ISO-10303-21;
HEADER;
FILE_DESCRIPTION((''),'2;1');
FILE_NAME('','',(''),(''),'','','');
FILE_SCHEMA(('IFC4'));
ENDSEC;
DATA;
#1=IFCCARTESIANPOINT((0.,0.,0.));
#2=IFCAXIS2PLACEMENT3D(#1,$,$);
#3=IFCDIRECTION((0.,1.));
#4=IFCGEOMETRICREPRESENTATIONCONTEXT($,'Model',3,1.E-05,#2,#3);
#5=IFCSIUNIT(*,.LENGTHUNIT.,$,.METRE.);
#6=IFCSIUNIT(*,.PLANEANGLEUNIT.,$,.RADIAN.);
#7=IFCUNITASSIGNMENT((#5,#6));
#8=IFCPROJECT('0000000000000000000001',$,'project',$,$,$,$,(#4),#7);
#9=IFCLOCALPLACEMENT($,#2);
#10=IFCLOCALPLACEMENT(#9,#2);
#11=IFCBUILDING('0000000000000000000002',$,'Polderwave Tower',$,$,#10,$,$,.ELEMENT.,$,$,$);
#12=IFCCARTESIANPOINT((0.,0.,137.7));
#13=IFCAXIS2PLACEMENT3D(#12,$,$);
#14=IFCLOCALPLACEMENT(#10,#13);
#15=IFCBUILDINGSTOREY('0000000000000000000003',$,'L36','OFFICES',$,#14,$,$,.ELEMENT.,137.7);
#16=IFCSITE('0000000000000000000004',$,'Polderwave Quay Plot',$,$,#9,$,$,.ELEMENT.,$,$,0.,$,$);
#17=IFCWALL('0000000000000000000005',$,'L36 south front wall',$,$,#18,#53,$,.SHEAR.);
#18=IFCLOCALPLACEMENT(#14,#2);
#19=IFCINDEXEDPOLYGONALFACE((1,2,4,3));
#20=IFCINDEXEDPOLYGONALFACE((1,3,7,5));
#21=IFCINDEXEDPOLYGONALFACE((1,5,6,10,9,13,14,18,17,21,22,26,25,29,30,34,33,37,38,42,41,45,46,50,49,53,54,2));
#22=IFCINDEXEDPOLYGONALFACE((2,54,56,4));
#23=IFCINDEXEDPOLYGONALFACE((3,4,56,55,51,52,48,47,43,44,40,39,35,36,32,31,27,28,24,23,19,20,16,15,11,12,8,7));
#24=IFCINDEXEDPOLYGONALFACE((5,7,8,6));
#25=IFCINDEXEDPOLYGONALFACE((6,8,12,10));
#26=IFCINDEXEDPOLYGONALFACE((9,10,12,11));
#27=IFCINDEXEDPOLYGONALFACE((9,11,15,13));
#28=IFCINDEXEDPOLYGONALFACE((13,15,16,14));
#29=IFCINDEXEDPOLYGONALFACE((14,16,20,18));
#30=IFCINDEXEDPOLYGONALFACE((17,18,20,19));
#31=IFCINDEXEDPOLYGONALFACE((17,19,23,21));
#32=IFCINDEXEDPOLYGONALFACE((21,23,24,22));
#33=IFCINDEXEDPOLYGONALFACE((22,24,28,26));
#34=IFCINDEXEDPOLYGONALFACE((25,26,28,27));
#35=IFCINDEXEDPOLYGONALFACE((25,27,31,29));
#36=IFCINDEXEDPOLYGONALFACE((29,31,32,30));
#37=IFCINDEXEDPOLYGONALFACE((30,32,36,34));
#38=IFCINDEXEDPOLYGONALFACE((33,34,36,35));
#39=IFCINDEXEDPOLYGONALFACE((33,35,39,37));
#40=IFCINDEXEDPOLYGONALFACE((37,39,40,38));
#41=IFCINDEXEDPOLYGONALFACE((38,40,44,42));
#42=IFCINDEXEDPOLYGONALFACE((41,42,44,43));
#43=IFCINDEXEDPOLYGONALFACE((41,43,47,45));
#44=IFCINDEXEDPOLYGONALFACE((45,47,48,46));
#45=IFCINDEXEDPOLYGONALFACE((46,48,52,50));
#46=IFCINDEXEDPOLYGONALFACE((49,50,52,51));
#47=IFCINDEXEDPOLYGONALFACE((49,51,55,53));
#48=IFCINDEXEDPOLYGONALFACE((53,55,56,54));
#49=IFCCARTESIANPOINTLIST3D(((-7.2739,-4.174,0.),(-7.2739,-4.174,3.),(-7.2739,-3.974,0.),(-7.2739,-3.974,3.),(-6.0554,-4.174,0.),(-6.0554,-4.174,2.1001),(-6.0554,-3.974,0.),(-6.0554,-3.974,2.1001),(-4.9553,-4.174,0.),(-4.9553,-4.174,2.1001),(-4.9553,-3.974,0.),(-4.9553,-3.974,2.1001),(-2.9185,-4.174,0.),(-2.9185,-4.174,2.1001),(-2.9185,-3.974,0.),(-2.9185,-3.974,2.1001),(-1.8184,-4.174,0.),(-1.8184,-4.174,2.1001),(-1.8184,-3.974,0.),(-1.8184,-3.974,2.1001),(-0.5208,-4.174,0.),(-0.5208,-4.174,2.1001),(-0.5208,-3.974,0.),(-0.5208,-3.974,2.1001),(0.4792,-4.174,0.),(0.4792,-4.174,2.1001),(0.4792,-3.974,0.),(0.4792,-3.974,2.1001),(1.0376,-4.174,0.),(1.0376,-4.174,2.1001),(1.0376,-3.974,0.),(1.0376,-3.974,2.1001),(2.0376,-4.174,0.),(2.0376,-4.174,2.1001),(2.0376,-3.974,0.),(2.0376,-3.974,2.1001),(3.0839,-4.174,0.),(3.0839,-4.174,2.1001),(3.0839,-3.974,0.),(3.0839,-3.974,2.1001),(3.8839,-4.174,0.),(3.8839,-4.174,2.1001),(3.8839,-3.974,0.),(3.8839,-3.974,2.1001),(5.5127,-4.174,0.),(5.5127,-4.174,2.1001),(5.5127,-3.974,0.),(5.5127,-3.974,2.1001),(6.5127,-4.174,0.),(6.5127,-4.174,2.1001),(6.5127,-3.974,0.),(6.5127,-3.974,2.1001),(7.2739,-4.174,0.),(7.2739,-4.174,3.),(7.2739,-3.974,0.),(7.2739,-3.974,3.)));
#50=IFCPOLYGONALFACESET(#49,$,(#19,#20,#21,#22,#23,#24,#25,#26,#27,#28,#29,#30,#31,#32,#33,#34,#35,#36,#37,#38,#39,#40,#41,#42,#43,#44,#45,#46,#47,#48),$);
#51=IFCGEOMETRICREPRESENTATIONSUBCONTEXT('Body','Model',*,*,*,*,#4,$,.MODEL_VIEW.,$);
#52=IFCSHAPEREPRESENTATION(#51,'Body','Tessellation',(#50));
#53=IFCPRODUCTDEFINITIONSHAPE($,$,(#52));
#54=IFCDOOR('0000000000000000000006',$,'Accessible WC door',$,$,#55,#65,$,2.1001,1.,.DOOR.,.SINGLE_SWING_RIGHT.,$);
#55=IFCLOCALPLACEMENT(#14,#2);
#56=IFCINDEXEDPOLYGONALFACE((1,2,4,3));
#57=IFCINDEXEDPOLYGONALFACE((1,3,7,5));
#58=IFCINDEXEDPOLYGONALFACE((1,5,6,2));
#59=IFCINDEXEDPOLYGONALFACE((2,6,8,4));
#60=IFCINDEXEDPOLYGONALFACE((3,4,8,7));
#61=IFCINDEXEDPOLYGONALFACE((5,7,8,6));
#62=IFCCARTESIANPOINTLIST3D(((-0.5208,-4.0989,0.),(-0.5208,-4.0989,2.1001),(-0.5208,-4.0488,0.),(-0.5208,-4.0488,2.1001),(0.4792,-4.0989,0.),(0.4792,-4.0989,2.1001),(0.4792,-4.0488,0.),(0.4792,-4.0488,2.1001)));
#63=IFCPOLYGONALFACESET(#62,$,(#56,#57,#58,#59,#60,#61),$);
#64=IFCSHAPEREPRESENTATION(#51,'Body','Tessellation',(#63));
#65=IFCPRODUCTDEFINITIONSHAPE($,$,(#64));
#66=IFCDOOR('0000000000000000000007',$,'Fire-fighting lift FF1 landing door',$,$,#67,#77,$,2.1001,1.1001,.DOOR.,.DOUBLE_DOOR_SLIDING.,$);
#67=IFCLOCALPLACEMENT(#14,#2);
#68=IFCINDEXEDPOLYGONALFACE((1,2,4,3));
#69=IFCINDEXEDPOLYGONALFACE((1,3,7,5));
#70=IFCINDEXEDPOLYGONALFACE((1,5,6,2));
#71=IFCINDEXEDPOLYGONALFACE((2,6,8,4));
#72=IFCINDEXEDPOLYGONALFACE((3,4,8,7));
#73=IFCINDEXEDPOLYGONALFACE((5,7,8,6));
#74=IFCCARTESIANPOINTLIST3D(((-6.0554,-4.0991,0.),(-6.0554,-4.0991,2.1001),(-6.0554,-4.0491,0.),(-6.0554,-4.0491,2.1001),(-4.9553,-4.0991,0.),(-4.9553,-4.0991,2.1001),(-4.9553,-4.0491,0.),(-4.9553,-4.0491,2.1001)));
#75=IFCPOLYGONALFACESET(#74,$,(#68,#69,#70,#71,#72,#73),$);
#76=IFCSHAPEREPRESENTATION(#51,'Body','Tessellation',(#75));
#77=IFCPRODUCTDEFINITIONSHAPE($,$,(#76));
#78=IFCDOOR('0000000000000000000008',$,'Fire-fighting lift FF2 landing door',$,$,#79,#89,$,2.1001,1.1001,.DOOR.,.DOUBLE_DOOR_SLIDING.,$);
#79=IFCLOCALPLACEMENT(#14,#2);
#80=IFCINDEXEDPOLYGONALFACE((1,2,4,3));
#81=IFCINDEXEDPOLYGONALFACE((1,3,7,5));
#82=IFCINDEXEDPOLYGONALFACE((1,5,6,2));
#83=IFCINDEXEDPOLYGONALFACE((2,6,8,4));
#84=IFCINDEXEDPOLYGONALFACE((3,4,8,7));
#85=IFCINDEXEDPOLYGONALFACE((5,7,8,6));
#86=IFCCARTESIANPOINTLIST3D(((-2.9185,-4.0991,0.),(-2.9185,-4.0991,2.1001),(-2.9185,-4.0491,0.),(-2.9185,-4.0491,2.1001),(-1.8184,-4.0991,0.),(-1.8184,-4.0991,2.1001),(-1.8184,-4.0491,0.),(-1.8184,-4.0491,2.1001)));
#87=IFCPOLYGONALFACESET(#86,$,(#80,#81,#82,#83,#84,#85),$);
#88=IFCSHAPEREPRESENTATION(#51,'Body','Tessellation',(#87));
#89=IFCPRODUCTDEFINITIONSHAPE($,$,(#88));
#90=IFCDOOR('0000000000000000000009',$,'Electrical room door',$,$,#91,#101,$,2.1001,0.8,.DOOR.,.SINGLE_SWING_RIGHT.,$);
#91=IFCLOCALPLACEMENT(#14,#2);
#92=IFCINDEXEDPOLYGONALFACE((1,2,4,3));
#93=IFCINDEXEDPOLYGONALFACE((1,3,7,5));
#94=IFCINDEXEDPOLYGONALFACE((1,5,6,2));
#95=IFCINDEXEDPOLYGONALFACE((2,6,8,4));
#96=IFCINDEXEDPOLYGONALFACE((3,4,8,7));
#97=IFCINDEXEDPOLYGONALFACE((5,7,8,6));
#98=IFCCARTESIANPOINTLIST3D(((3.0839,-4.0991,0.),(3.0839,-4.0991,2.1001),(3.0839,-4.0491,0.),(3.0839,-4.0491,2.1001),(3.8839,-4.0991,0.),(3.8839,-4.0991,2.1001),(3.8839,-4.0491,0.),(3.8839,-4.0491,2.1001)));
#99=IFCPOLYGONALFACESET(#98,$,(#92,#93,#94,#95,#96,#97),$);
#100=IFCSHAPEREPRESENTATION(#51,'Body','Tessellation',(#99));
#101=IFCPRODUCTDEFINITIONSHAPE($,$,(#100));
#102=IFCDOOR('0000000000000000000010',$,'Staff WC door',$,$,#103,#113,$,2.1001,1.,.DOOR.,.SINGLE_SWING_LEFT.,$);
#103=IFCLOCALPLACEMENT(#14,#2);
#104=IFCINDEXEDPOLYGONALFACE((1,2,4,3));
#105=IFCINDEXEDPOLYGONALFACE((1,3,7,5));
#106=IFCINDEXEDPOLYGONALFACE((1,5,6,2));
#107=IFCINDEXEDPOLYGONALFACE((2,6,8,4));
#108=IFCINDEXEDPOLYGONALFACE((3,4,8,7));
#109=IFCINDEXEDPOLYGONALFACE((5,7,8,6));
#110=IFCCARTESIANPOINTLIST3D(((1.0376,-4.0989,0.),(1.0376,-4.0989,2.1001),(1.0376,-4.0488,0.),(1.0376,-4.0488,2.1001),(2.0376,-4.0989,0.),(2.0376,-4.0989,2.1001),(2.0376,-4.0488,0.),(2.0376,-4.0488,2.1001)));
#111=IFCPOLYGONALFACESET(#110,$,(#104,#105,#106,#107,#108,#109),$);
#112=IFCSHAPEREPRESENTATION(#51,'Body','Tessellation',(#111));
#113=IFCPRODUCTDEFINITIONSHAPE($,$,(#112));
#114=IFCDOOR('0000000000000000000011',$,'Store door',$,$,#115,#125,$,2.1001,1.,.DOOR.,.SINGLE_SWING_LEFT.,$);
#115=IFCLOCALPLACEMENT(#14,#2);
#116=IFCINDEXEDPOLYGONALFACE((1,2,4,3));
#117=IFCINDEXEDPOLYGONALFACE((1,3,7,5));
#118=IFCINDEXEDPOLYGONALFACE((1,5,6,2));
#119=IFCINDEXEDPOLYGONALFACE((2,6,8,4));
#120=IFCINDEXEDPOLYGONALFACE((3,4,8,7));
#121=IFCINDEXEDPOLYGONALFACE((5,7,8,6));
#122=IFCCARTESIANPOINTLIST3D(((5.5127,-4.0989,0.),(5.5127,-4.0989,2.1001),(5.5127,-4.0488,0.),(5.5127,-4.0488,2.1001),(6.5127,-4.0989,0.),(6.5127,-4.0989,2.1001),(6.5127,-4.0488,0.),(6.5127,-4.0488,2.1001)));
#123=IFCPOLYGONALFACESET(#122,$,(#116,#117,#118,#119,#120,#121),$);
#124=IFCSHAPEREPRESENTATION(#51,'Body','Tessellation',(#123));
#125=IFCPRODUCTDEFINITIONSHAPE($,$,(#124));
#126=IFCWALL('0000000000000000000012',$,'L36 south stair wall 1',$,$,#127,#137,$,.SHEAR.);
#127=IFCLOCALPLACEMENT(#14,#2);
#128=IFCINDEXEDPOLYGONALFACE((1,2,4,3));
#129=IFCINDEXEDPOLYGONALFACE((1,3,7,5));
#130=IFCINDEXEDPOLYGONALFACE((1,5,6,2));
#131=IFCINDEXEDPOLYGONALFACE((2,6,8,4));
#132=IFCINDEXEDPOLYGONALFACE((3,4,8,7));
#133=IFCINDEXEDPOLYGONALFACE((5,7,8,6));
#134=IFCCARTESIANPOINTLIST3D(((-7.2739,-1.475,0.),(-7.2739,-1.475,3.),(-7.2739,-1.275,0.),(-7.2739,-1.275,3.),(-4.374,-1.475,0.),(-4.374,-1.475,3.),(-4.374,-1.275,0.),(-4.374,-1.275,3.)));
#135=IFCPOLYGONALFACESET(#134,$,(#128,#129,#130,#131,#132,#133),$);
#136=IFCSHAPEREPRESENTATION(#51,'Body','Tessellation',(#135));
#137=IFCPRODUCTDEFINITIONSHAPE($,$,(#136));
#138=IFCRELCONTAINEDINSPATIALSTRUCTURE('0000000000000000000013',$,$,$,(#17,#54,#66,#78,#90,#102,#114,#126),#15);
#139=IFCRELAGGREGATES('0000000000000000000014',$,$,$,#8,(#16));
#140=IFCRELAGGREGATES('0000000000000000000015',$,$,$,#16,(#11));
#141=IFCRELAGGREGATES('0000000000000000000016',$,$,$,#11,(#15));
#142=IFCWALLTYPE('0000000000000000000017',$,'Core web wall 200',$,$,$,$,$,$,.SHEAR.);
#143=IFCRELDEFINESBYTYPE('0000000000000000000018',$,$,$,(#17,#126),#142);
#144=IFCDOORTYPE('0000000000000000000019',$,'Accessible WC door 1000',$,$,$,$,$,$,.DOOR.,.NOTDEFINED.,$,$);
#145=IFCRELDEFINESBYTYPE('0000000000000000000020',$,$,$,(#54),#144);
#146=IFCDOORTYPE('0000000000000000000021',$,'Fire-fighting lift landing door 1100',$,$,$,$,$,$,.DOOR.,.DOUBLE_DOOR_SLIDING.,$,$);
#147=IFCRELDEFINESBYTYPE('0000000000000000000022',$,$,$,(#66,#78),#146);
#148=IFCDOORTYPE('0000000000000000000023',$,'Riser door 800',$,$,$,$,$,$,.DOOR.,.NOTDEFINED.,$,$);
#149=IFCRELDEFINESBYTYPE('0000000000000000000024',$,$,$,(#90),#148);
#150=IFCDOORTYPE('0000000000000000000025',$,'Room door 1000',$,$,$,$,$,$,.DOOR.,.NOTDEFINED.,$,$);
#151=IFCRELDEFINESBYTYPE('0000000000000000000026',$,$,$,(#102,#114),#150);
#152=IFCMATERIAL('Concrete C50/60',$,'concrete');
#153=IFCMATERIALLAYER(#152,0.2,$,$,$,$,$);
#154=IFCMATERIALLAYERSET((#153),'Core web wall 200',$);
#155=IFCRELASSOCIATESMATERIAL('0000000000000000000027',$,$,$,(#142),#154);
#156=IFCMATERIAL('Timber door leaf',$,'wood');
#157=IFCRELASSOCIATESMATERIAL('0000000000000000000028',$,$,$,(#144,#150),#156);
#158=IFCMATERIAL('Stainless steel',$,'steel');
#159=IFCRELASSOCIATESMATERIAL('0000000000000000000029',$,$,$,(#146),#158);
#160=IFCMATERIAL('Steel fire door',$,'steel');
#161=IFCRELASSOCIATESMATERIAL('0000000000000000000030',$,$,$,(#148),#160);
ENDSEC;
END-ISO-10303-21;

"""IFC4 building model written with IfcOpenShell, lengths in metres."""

from ifc_helpers import new_model, si_unit, direction, frame, frame_2d, origin, place, context, subcontext, project, spatial, rectangle, extrude, material, layer, layer_set, type_object, element, fill, save


model = new_model("IFC4")

# Units and contexts
model_context = context("Model", 3, precision=1e-05, world=origin(), true_north=direction((0.0, 1.0)))
body_context = subcontext(model_context, "Body", "Model", "MODEL_VIEW")
ifc_project = project(units=[si_unit("LENGTHUNIT", "METRE"), si_unit("PLANEANGLEUNIT", "RADIAN")], contexts=[model_context])

# Site, building, storey
site_placement = place(None, origin())
site = spatial("IfcSite", under=ifc_project, at=site_placement, Name="Polderwave Quay Plot", CompositionType="ELEMENT", RefElevation=0.0)
building_placement = place(site_placement, origin())
building = spatial("IfcBuilding", under=site, at=building_placement, Name="Polderwave Tower", CompositionType="ELEMENT")
storey_placement = place(building_placement, frame((0.0, 0.0, 137.7)))
storey = spatial("IfcBuildingStorey", under=building, at=storey_placement, Name="L36", Description="OFFICES", CompositionType="ELEMENT", Elevation=137.7)

# Wall, openings, doors
ifc_material_1 = material(Name="Steel fire door", Category="steel")
ifc_material_2 = material(Name="Concrete C50/60", Category="concrete")
ifc_layer_1 = layer(ifc_material_2, 0.2)
ifc_layer_set_1 = layer_set([ifc_layer_1], Name="Core web wall 200")
wall_type_1 = type_object("IfcWallType", Name="Core web wall 200", PredefinedType="SHEAR", material=ifc_layer_set_1)
wall_1_placement = place(storey_placement, frame((-7.2739, -4.074, 0.0), z_axis=(0.0, 0.0, 1.0), x_axis=(1.0, 0.0, 0.0)))
wall_1 = element("IfcWall", 1, at=wall_1_placement, inside=storey, type_object=wall_type_1, Name="L36 south front wall", PredefinedType="SHEAR", context=body_context, shape_type="SweptSolid", body=[
    extrude(rectangle(XDim=14.5479, YDim=0.2, at=frame_2d((7.2739, 0.0))), origin(), (0.0, 0.0, 1.0), 3.0),
])
opening_1_placement = place(wall_1_placement, frame((1.2185, 0.0, 0.0)))
opening_1 = element("IfcOpeningElement", 2, at=opening_1_placement, cuts=wall_1, PredefinedType="OPENING", context=body_context, shape_type="SweptSolid", body=[
    extrude(rectangle(XDim=1.1001, YDim=2.1001, at=frame_2d((0.55, 1.05))), frame((0.0, 0.1099, 0.0), z_axis=(0.0, -1.0, 0.0), x_axis=(1.0, 0.0, 0.0)), (0.0, 0.0, 1.0), 0.22),
])
opening_2_placement = place(wall_1_placement, frame((4.3555, 0.0, 0.0)))
opening_2 = element("IfcOpeningElement", 3, at=opening_2_placement, cuts=wall_1, PredefinedType="OPENING", context=body_context, shape_type="SweptSolid", body=[
    extrude(rectangle(XDim=1.1001, YDim=2.1001, at=frame_2d((0.55, 1.05))), frame((0.0, 0.1099, 0.0), z_axis=(0.0, -1.0, 0.0), x_axis=(1.0, 0.0, 0.0)), (0.0, 0.0, 1.0), 0.22),
])
opening_3_placement = place(wall_1_placement, frame((6.7532, 0.0, 0.0)))
opening_3 = element("IfcOpeningElement", 4, at=opening_3_placement, cuts=wall_1, PredefinedType="OPENING", context=body_context, shape_type="SweptSolid", body=[
    extrude(rectangle(XDim=1.0, YDim=2.1001, at=frame_2d((0.5, 1.05))), frame((0.0, 0.1099, 0.0), z_axis=(0.0, -1.0, 0.0), x_axis=(1.0, 0.0, 0.0)), (0.0, 0.0, 1.0), 0.22),
])
opening_4_placement = place(wall_1_placement, frame((8.3115, 0.0, 0.0)))
opening_4 = element("IfcOpeningElement", 5, at=opening_4_placement, cuts=wall_1, PredefinedType="OPENING", context=body_context, shape_type="SweptSolid", body=[
    extrude(rectangle(XDim=1.0, YDim=2.1001, at=frame_2d((0.5, 1.05))), frame((0.0, 0.1099, 0.0), z_axis=(0.0, -1.0, 0.0), x_axis=(1.0, 0.0, 0.0)), (0.0, 0.0, 1.0), 0.22),
])
opening_5_placement = place(wall_1_placement, frame((10.3579, 0.0, 0.0)))
opening_5 = element("IfcOpeningElement", 6, at=opening_5_placement, cuts=wall_1, PredefinedType="OPENING", context=body_context, shape_type="SweptSolid", body=[
    extrude(rectangle(XDim=0.8, YDim=2.1001, at=frame_2d((0.3999, 1.05))), frame((0.0, 0.1099, 0.0), z_axis=(0.0, -1.0, 0.0), x_axis=(1.0, 0.0, 0.0)), (0.0, 0.0, 1.0), 0.22),
])
opening_6_placement = place(wall_1_placement, frame((12.7866, 0.0, 0.0)))
opening_6 = element("IfcOpeningElement", 7, at=opening_6_placement, cuts=wall_1, PredefinedType="OPENING", context=body_context, shape_type="SweptSolid", body=[
    extrude(rectangle(XDim=1.0, YDim=2.1001, at=frame_2d((0.5, 1.05))), frame((0.0, 0.1099, 0.0), z_axis=(0.0, -1.0, 0.0), x_axis=(1.0, 0.0, 0.0)), (0.0, 0.0, 1.0), 0.22),
])
ifc_material_3 = material(Name="Timber door leaf", Category="wood")
door_type_1 = type_object("IfcDoorType", Name="Accessible WC door 1000", OperationType="NOTDEFINED", PredefinedType="DOOR", material=ifc_material_3)
door_1_placement = place(opening_3_placement, frame((1.0, 0.0, 0.0), z_axis=(0.0, 0.0, 1.0), x_axis=(-1.0, 0.0, 0.0)))
door_1 = element("IfcDoor", 8, at=door_1_placement, inside=storey, type_object=door_type_1, Name="Accessible WC door", OperationType="SINGLE_SWING_RIGHT", OverallHeight=2.1001, OverallWidth=1.0, PredefinedType="DOOR", context=body_context, shape_type="SweptSolid", body=[
    extrude(rectangle(XDim=1.0, YDim=2.1001, at=frame_2d((0.5, 1.05))), frame((0.0, 0.0249, 0.0), z_axis=(0.0, -1.0, 0.0), x_axis=(1.0, 0.0, 0.0)), (0.0, 0.0, 1.0), 0.05),
])
fill(opening_3, door_1)
ifc_material_4 = material(Name="Stainless steel", Category="steel")
door_type_2 = type_object("IfcDoorType", Name="Fire-fighting lift landing door 1100", OperationType="DOUBLE_DOOR_SLIDING", PredefinedType="DOOR", material=ifc_material_4)
door_2_placement = place(opening_1_placement, origin())
door_2 = element("IfcDoor", 9, at=door_2_placement, inside=storey, type_object=door_type_2, Name="Fire-fighting lift FF1 landing door", OperationType="DOUBLE_DOOR_SLIDING", OverallHeight=2.1001, OverallWidth=1.1001, PredefinedType="DOOR", context=body_context, shape_type="SweptSolid", body=[
    extrude(rectangle(XDim=1.1001, YDim=2.1001, at=frame_2d((0.55, 1.05))), frame((0.0, 0.0249, 0.0), z_axis=(0.0, -1.0, 0.0), x_axis=(1.0, 0.0, 0.0)), (0.0, 0.0, 1.0), 0.05),
])
fill(opening_1, door_2)
door_3_placement = place(opening_2_placement, origin())
door_3 = element("IfcDoor", 10, at=door_3_placement, inside=storey, type_object=door_type_2, Name="Fire-fighting lift FF2 landing door", OperationType="DOUBLE_DOOR_SLIDING", OverallHeight=2.1001, OverallWidth=1.1001, PredefinedType="DOOR", context=body_context, shape_type="SweptSolid", body=[
    extrude(rectangle(XDim=1.1001, YDim=2.1001, at=frame_2d((0.55, 1.05))), frame((0.0, 0.0249, 0.0), z_axis=(0.0, -1.0, 0.0), x_axis=(1.0, 0.0, 0.0)), (0.0, 0.0, 1.0), 0.05),
])
fill(opening_2, door_3)
door_type_3 = type_object("IfcDoorType", Name="Riser door 800", OperationType="NOTDEFINED", PredefinedType="DOOR", material=ifc_material_1)
door_4_placement = place(opening_5_placement, origin())
door_4 = element("IfcDoor", 11, at=door_4_placement, inside=storey, type_object=door_type_3, Name="Electrical room door", OperationType="SINGLE_SWING_RIGHT", OverallHeight=2.1001, OverallWidth=0.8, PredefinedType="DOOR", context=body_context, shape_type="SweptSolid", body=[
    extrude(rectangle(XDim=0.8, YDim=2.1001, at=frame_2d((0.3999, 1.05))), frame((0.0, 0.0249, 0.0), z_axis=(0.0, -1.0, 0.0), x_axis=(1.0, 0.0, 0.0)), (0.0, 0.0, 1.0), 0.05),
])
fill(opening_5, door_4)
door_type_4 = type_object("IfcDoorType", Name="Room door 1000", OperationType="NOTDEFINED", PredefinedType="DOOR", material=ifc_material_3)
door_5_placement = place(opening_4_placement, frame((1.0, 0.0, 0.0), z_axis=(0.0, 0.0, 1.0), x_axis=(-1.0, 0.0, 0.0)))
door_5 = element("IfcDoor", 12, at=door_5_placement, inside=storey, type_object=door_type_4, Name="Staff WC door", OperationType="SINGLE_SWING_LEFT", OverallHeight=2.1001, OverallWidth=1.0, PredefinedType="DOOR", context=body_context, shape_type="SweptSolid", body=[
    extrude(rectangle(XDim=1.0, YDim=2.1001, at=frame_2d((0.5, 1.05))), frame((0.0, 0.0249, 0.0), z_axis=(0.0, -1.0, 0.0), x_axis=(1.0, 0.0, 0.0)), (0.0, 0.0, 1.0), 0.05),
])
fill(opening_4, door_5)
door_6_placement = place(opening_6_placement, frame((1.0, 0.0, 0.0), z_axis=(0.0, 0.0, 1.0), x_axis=(-1.0, 0.0, 0.0)))
door_6 = element("IfcDoor", 13, at=door_6_placement, inside=storey, type_object=door_type_4, Name="Store door", OperationType="SINGLE_SWING_LEFT", OverallHeight=2.1001, OverallWidth=1.0, PredefinedType="DOOR", context=body_context, shape_type="SweptSolid", body=[
    extrude(rectangle(XDim=1.0, YDim=2.1001, at=frame_2d((0.5, 1.05))), frame((0.0, 0.0249, 0.0), z_axis=(0.0, -1.0, 0.0), x_axis=(1.0, 0.0, 0.0)), (0.0, 0.0, 1.0), 0.05),
])
fill(opening_6, door_6)

# Wall
wall_2_placement = place(storey_placement, frame((-7.2739, -1.375, 0.0), z_axis=(0.0, 0.0, 1.0), x_axis=(1.0, 0.0, 0.0)))
element("IfcWall", 14, at=wall_2_placement, inside=storey, type_object=wall_type_1, Name="L36 south stair wall 1", PredefinedType="SHEAR", context=body_context, shape_type="SweptSolid", body=[
    extrude(rectangle(XDim=2.8999, YDim=0.2, at=frame_2d((1.45, 0.0))), origin(), (0.0, 0.0, 1.0), 3.0),
])

save(model, "model.ifc")
